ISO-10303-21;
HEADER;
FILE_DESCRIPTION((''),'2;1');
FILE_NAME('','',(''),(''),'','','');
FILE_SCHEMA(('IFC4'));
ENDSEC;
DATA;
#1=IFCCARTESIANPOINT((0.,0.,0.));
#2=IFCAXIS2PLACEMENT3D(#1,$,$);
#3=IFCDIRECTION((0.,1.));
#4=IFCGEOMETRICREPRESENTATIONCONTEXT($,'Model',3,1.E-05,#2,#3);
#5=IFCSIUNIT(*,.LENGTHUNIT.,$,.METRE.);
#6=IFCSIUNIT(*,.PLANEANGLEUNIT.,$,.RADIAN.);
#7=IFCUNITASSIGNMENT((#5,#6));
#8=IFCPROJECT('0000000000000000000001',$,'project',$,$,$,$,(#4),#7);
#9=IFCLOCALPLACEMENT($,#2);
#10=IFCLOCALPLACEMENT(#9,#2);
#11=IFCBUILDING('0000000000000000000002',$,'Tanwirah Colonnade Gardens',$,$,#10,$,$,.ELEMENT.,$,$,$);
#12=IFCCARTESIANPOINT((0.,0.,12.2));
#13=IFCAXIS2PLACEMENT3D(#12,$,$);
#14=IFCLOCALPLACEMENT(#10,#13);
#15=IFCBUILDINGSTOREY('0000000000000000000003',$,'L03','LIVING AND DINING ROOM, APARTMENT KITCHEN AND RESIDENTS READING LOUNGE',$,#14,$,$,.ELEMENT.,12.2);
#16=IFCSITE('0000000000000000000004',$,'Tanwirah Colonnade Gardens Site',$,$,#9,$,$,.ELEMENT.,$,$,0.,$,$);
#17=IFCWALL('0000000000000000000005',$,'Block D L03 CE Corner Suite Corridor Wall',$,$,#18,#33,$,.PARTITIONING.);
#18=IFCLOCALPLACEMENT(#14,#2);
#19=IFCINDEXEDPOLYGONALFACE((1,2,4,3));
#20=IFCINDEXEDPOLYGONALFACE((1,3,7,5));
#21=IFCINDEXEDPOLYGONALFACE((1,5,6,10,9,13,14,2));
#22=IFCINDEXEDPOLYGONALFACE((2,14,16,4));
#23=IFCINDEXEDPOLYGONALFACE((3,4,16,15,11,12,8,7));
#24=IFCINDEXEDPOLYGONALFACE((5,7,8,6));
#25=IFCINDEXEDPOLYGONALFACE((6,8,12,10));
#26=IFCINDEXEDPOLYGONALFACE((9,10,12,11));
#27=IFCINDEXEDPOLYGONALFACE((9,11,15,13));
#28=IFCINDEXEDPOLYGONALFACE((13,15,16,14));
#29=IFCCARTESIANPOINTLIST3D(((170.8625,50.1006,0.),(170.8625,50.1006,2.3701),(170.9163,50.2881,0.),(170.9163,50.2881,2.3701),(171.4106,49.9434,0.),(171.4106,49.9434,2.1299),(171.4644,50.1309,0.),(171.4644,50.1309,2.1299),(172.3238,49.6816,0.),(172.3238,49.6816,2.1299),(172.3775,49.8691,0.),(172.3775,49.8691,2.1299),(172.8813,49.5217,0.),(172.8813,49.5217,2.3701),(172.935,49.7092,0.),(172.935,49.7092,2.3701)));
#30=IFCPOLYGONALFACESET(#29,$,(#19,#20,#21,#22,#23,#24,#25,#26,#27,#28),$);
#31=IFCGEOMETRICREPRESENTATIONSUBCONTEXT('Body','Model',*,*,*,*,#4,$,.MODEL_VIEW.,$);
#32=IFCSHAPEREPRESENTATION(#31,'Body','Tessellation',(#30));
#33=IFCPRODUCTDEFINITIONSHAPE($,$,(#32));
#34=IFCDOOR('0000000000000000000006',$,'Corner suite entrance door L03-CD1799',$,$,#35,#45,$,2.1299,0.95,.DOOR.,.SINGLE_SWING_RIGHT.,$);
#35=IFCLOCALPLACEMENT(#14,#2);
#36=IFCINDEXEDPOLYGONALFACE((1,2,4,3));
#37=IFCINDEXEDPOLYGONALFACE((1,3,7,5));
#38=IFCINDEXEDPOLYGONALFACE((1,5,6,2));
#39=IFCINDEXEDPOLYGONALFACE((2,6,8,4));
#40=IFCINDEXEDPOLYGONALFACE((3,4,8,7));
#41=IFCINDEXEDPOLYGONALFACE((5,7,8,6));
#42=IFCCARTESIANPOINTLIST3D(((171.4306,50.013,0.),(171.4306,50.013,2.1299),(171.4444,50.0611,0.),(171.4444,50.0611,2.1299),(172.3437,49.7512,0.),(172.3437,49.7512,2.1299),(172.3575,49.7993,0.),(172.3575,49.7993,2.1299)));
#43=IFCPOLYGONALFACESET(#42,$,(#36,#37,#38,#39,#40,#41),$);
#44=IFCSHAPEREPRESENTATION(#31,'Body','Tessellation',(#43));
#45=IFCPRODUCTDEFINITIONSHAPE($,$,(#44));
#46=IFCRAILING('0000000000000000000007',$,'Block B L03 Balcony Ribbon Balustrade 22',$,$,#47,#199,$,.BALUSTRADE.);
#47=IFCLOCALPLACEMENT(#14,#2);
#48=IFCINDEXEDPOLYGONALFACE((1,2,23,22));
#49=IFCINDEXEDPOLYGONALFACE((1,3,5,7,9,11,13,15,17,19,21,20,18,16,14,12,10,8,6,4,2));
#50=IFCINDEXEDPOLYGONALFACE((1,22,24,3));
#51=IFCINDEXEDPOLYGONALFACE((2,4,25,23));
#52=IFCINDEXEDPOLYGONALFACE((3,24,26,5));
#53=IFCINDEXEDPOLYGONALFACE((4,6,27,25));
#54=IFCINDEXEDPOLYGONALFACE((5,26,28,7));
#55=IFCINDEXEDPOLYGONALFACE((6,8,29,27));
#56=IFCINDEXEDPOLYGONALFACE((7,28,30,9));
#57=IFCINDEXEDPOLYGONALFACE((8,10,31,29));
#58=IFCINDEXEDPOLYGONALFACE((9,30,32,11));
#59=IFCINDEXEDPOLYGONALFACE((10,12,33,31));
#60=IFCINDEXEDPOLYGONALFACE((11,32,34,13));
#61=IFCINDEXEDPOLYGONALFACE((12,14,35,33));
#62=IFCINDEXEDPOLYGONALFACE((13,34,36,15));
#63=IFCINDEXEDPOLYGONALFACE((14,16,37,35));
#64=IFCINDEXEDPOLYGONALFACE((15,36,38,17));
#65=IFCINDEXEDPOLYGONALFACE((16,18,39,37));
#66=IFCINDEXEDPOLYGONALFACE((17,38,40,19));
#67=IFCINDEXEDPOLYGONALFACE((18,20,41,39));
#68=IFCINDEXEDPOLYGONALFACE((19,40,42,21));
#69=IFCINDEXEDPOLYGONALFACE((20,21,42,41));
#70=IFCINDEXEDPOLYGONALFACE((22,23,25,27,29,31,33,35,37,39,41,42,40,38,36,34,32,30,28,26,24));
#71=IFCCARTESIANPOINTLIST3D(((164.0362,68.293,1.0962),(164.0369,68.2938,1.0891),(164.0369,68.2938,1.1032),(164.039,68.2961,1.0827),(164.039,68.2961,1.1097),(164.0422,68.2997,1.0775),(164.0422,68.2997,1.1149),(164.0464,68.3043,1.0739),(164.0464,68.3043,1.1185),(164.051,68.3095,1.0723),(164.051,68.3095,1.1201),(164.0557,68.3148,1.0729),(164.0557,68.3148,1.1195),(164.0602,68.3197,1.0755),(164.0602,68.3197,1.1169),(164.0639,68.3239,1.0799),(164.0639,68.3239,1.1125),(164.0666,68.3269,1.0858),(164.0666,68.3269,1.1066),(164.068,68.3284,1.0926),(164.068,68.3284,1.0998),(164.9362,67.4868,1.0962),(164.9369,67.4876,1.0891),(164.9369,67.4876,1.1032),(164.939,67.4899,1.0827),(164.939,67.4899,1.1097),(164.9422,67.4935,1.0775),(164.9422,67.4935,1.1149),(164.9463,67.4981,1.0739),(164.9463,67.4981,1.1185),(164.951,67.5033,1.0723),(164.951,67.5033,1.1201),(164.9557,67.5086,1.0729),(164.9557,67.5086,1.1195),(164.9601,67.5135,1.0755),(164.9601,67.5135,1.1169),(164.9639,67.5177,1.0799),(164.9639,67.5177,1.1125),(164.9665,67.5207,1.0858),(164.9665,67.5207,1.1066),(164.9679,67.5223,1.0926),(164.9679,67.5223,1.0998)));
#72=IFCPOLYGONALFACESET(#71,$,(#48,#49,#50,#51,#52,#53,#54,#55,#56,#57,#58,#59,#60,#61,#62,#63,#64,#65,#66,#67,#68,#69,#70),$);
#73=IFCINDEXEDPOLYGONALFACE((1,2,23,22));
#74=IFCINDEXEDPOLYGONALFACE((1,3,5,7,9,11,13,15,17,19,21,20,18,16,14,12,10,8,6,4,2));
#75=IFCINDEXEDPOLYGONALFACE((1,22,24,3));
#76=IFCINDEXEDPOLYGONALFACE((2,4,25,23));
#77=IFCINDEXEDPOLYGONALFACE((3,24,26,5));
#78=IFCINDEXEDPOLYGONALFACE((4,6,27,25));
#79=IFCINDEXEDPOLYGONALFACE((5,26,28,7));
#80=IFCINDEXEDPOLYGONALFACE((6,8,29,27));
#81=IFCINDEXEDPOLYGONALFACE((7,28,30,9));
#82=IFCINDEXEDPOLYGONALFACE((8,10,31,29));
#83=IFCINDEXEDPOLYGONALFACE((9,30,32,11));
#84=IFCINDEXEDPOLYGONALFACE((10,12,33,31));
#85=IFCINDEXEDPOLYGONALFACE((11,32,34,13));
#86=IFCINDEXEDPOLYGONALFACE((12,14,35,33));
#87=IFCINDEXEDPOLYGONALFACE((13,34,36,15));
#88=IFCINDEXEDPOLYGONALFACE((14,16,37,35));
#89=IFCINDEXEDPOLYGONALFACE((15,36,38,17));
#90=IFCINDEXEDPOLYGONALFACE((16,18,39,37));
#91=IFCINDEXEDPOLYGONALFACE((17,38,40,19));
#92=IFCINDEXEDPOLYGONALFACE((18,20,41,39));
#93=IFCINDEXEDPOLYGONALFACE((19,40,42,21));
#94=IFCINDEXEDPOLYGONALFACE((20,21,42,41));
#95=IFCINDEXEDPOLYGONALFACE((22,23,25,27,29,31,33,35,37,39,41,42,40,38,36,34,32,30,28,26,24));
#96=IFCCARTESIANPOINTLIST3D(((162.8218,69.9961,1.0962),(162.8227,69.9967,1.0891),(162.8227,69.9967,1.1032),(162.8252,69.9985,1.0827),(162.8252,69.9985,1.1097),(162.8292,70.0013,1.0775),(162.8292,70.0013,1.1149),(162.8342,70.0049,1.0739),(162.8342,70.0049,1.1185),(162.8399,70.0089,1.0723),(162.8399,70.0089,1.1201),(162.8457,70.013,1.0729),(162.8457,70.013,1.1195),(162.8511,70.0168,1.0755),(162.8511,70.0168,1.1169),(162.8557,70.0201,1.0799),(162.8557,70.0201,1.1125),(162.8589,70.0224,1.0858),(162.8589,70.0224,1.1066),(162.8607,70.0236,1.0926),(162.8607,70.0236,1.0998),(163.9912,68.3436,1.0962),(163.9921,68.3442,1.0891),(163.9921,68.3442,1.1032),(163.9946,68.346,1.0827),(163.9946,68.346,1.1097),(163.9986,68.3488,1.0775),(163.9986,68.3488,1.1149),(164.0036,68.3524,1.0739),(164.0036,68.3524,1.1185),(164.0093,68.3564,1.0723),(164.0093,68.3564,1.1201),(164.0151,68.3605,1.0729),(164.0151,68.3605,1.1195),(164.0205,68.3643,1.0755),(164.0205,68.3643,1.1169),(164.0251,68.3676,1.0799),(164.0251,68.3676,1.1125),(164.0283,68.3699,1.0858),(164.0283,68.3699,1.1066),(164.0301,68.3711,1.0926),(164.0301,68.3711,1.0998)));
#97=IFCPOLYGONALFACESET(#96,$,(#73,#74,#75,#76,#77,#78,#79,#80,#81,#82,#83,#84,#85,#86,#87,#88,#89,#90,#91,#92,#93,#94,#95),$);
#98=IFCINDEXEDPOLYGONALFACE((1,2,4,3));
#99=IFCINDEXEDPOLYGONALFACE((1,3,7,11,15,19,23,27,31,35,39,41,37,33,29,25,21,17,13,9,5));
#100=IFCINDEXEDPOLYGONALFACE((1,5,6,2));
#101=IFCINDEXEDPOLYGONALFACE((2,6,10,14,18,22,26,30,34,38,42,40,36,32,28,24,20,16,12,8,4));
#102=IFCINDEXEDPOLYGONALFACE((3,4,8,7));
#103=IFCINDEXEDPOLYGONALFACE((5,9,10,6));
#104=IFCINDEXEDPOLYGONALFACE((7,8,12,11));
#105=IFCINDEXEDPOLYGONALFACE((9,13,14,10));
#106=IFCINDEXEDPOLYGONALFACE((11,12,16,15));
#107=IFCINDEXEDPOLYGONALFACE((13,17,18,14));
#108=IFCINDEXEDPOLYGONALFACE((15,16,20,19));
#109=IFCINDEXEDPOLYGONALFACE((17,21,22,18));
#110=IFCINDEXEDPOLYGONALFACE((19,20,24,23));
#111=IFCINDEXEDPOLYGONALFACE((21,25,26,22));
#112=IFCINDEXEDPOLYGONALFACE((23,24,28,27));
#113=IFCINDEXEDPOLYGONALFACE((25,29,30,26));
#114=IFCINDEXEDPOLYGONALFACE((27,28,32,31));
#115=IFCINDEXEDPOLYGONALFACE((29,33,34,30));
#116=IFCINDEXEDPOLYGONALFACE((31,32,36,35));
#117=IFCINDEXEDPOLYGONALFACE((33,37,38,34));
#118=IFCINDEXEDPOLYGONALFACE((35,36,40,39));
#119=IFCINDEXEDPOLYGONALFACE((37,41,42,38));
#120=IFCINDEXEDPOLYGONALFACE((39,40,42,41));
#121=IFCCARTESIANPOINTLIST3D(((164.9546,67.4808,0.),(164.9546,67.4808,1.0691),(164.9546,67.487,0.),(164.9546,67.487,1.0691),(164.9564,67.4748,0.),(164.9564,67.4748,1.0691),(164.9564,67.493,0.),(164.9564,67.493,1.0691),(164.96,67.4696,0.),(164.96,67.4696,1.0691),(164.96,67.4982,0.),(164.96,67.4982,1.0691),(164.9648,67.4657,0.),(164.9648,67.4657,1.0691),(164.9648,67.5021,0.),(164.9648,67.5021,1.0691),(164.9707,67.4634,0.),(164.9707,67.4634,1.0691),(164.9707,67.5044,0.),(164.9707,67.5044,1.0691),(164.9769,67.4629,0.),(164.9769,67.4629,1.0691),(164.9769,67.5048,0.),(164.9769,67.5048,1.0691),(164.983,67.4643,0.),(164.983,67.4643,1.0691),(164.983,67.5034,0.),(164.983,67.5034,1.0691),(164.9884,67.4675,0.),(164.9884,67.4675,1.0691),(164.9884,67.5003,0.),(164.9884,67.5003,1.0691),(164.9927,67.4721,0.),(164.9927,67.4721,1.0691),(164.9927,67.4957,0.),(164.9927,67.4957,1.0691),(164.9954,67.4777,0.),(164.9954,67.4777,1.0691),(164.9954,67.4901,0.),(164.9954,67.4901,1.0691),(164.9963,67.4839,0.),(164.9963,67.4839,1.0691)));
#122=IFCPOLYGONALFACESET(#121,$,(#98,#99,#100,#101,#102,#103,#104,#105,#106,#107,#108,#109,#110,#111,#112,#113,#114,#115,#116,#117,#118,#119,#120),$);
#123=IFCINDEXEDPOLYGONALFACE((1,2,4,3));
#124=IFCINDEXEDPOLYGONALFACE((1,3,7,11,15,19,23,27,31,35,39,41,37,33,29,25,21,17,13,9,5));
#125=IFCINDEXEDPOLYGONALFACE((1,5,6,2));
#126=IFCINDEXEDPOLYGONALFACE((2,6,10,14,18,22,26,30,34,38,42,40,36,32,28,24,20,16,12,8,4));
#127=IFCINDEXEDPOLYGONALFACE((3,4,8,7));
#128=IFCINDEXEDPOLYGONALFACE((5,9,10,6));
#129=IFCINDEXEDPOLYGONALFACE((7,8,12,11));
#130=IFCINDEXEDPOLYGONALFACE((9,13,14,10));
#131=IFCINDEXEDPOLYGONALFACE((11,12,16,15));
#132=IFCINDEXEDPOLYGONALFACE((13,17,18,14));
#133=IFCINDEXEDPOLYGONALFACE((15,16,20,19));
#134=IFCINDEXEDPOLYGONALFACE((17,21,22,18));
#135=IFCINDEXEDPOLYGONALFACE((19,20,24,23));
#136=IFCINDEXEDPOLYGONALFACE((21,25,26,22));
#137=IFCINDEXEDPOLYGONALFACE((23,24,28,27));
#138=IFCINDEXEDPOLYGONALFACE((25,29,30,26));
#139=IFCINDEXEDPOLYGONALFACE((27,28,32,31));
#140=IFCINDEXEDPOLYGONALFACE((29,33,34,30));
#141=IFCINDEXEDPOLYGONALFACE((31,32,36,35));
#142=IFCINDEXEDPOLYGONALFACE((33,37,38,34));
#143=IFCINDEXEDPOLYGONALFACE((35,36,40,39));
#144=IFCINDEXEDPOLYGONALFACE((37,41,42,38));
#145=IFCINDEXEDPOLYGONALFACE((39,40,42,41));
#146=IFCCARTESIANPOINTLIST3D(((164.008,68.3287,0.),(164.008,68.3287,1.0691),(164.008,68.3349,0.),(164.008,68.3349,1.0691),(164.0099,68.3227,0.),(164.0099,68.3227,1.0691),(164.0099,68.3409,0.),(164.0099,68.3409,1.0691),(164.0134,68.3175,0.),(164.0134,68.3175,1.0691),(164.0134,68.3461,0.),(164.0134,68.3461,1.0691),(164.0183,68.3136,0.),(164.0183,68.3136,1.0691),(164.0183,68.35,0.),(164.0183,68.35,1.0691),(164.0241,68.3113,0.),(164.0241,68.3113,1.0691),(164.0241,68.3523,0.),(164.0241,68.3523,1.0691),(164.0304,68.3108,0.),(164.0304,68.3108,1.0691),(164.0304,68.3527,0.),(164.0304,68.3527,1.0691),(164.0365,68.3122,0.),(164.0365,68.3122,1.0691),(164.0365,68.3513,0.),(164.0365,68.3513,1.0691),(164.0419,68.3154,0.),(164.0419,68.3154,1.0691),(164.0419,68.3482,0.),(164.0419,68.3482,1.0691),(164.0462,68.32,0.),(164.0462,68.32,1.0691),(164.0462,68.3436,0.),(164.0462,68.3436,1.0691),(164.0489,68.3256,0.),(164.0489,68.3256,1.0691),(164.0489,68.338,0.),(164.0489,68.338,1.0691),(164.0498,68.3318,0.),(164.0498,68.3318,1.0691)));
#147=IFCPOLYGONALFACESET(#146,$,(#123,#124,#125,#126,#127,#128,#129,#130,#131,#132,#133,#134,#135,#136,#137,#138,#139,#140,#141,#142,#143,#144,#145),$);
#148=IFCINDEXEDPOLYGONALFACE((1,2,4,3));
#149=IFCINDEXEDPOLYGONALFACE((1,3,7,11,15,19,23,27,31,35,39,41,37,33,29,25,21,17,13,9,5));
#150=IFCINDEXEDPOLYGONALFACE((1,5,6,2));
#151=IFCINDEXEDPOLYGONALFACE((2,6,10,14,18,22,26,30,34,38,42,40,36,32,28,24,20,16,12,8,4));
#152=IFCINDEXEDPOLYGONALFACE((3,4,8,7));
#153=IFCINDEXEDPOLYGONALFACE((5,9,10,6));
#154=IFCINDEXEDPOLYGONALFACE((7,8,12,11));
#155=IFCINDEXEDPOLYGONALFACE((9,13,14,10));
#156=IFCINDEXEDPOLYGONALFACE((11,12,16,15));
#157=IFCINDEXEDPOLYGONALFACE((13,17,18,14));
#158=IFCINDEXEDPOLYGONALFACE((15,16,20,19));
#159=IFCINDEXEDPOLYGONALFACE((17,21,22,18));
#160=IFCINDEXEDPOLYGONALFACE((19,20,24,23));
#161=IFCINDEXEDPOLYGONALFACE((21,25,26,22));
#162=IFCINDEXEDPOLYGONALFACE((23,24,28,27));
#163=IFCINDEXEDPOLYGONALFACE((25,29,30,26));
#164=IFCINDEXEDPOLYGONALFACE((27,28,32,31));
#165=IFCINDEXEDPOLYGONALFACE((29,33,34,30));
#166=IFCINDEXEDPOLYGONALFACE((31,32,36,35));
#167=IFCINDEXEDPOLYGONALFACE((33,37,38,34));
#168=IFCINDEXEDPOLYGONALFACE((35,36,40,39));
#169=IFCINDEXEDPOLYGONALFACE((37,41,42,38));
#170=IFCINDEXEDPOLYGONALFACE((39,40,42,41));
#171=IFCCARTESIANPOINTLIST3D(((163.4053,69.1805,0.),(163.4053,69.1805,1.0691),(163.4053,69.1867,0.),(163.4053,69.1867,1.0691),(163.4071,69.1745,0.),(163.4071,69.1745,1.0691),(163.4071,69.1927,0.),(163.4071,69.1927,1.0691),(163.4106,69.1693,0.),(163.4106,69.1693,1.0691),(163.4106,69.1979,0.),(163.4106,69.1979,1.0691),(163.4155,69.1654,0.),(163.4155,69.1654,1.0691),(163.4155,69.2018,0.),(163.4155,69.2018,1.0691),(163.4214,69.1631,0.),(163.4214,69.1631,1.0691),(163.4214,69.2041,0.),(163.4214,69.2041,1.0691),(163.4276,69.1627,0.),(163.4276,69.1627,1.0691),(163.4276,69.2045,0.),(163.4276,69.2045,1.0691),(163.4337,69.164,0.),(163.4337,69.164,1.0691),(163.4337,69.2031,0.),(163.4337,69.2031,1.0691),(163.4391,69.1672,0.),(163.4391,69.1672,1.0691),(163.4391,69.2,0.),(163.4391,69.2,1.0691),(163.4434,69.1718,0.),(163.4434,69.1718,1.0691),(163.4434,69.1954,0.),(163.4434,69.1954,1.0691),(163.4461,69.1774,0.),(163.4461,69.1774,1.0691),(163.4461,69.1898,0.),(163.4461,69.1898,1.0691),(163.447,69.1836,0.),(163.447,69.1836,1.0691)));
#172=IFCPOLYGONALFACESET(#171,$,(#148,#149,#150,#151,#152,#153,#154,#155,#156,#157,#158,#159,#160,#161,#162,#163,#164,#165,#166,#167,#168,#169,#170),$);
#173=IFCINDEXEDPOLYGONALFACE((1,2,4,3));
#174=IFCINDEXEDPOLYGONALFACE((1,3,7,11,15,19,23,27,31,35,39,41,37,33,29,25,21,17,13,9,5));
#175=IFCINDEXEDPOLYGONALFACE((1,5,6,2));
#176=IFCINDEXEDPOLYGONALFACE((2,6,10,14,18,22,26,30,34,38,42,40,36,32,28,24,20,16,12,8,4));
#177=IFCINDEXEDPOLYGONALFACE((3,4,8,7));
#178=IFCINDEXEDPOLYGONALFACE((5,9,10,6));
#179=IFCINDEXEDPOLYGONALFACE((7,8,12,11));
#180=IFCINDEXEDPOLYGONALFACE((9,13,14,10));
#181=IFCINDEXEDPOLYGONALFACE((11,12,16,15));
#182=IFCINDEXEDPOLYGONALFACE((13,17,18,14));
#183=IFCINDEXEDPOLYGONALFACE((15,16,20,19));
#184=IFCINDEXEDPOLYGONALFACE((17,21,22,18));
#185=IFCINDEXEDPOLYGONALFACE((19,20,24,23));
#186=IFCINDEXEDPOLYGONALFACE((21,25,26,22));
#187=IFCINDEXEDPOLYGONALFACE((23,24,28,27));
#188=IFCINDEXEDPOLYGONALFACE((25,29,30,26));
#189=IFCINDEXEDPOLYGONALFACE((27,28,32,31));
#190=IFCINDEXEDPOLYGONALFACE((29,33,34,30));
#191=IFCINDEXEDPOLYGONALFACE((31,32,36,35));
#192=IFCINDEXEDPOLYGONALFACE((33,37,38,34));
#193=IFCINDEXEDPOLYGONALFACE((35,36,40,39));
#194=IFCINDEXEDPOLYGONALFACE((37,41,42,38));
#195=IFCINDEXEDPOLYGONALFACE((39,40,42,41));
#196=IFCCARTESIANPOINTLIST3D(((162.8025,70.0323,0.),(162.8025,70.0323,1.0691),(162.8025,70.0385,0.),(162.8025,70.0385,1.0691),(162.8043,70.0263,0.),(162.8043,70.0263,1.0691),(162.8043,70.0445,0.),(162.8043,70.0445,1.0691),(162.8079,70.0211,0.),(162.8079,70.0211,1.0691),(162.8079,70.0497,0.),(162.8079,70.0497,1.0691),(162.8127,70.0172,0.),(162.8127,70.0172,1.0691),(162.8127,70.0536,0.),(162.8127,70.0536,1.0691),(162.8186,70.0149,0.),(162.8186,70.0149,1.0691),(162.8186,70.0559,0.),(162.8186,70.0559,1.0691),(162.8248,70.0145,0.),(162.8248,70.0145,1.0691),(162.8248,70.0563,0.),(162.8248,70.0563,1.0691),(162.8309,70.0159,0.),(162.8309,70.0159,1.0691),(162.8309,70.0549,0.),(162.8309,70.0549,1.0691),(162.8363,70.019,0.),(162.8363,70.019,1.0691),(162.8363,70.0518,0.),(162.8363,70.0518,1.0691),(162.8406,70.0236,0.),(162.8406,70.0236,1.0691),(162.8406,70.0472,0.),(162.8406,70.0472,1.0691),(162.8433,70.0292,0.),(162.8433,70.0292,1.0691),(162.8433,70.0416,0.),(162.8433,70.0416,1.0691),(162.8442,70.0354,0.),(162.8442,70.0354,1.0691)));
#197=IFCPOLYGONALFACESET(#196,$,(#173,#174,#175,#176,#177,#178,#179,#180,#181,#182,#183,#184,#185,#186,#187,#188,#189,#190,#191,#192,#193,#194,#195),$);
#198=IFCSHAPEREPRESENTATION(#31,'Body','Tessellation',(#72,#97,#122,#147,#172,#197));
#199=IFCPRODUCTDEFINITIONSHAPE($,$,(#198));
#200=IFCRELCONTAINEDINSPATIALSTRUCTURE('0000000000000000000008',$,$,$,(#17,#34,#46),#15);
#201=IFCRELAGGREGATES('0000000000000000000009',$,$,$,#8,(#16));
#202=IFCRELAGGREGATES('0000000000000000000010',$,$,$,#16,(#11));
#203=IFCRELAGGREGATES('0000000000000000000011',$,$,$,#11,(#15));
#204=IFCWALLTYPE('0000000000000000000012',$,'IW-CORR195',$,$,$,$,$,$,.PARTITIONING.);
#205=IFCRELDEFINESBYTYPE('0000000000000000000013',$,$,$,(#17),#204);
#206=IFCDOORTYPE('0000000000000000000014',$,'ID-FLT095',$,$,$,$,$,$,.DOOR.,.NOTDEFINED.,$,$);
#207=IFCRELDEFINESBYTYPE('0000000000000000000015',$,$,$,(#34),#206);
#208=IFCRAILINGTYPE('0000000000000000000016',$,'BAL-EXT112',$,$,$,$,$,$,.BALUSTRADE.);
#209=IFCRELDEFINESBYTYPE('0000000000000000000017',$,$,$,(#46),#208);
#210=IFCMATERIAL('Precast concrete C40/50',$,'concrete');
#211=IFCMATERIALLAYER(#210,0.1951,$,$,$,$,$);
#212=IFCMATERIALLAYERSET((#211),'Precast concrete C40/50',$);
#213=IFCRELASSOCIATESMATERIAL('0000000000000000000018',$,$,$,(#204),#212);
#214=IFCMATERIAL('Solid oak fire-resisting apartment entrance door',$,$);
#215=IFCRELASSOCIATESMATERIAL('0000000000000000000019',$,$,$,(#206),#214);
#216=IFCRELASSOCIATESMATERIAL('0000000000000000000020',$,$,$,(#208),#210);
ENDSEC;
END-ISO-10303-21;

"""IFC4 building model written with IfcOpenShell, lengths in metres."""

from ifc_helpers import new_model, si_unit, direction, frame, frame_2d, origin, origin_2d, place, context, subcontext, project, spatial, rectangle, circle, extrude, material, layer, layer_set, type_object, element, fill, save


model = new_model("IFC4")

# Units and contexts
model_context = context("Model", 3, precision=1e-05, world=origin(), true_north=direction((0.0, 1.0)))
body_context = subcontext(model_context, "Body", "Model", "MODEL_VIEW")
ifc_project = project(units=[si_unit("LENGTHUNIT", "METRE"), si_unit("PLANEANGLEUNIT", "RADIAN")], contexts=[model_context])

# Site, building, storey
site_placement = place(None, origin())
site = spatial("IfcSite", under=ifc_project, at=site_placement, Name="Tanwirah Colonnade Gardens Site", CompositionType="ELEMENT", RefElevation=0.0)
building_placement = place(site_placement, origin())
building = spatial("IfcBuilding", under=site, at=building_placement, Name="Tanwirah Colonnade Gardens", CompositionType="ELEMENT")
storey_placement = place(building_placement, frame((0.0, 0.0, 12.2)))
storey = spatial("IfcBuildingStorey", under=building, at=storey_placement, Name="L03", Description="LIVING AND DINING ROOM, APARTMENT KITCHEN AND RESIDENTS READING LOUNGE", CompositionType="ELEMENT", Elevation=12.2)

# Shared definitions
ifc_material_1 = material(Name="Precast concrete C40/50", Category="concrete")

# Wall, opening, door
ifc_layer_1 = layer(ifc_material_1, 0.1951)
ifc_layer_set_1 = layer_set([ifc_layer_1], Name="Precast concrete C40/50")
wall_type_1 = type_object("IfcWallType", Name="IW-CORR195", PredefinedType="PARTITIONING", material=ifc_layer_set_1)
wall_1_placement = place(storey_placement, frame((170.8894, 50.1943, 0.0), z_axis=(0.0, 0.0, 1.0), x_axis=(0.961265, -0.275627, 0.0)))
wall_1 = element("IfcWall", 1, at=wall_1_placement, inside=storey, type_object=wall_type_1, Name="Block D L03 CE Corner Suite Corridor Wall", PredefinedType="PARTITIONING", context=body_context, shape_type="SweptSolid", body=[
    extrude(rectangle(XDim=2.1001, YDim=0.1951, at=frame_2d((1.05, 0.0))), origin(), (0.0, 0.0, 1.0), 2.3701),
])
opening_1_placement = place(wall_1_placement, frame((0.5701, 0.0, 0.0)))
opening_1 = element("IfcOpeningElement", 2, at=opening_1_placement, cuts=wall_1, PredefinedType="OPENING", context=body_context, shape_type="SweptSolid", body=[
    extrude(rectangle(XDim=0.95, YDim=2.1299, at=frame_2d((0.4751, 1.0649))), frame((0.0, 0.1074, 0.0), z_axis=(0.0, -1.0, 0.0), x_axis=(1.0, 0.0, 0.0)), (0.0, 0.0, 1.0), 0.2151),
])
ifc_material_2 = material(Name="Solid oak fire-resisting apartment entrance door")
door_type = type_object("IfcDoorType", Name="ID-FLT095", OperationType="NOTDEFINED", PredefinedType="DOOR", material=ifc_material_2)
door_placement = place(opening_1_placement, origin())
door = element("IfcDoor", 3, at=door_placement, inside=storey, type_object=door_type, Name="Corner suite entrance door L03-CD1799", OperationType="SINGLE_SWING_RIGHT", OverallHeight=2.1299, OverallWidth=0.95, PredefinedType="DOOR", context=body_context, shape_type="SweptSolid", body=[
    extrude(rectangle(XDim=0.95, YDim=2.1299, at=frame_2d((0.4751, 1.0649))), frame((0.0, 0.0249, 0.0), z_axis=(0.0, -1.0, 0.0), x_axis=(1.0, 0.0, 0.0)), (0.0, 0.0, 1.0), 0.05),
])
fill(opening_1, door)

# Railing
railing_type_1 = type_object("IfcRailingType", Name="BAL-EXT112", PredefinedType="BALUSTRADE", material=ifc_material_1)
railing_1_placement = place(storey_placement, frame((164.9753, 67.4839, 0.0)))
element("IfcRailing", 4, at=railing_1_placement, inside=storey, type_object=railing_type_1, Name="Block B L03 Balcony Ribbon Balustrade 22", PredefinedType="BALUSTRADE", context=body_context, shape_type="SweptSolid", body=[
    extrude(circle(Radius=0.0239, at=origin_2d()), frame((-0.0232, 0.0208, 1.0962), z_axis=(-0.744849, 0.667233, 0.0), x_axis=(-0.667233, -0.744849, 0.0)), (0.0, 0.0, 1.0), 1.2083),
    extrude(circle(Radius=0.0239, at=origin_2d()), frame((-0.9646, 0.8735, 1.0962), z_axis=(-0.577647, 0.816286, 0.0), x_axis=(-0.816286, -0.577647, 0.0)), (0.0, 0.0, 1.0), 2.0244),
    extrude(circle(Radius=0.021, at=origin_2d()), origin(), (0.0, 0.0, 1.0), 1.0691),
    extrude(circle(Radius=0.021, at=origin_2d()), frame((-0.9465, 0.8479, 0.0)), (0.0, 0.0, 1.0), 1.0691),
    extrude(circle(Radius=0.021, at=origin_2d()), frame((-1.5493, 1.6997, 0.0)), (0.0, 0.0, 1.0), 1.0691),
    extrude(circle(Radius=0.021, at=origin_2d()), frame((-2.1521, 2.5515, 0.0)), (0.0, 0.0, 1.0), 1.0691),
])

save(model, "model.ifc")
